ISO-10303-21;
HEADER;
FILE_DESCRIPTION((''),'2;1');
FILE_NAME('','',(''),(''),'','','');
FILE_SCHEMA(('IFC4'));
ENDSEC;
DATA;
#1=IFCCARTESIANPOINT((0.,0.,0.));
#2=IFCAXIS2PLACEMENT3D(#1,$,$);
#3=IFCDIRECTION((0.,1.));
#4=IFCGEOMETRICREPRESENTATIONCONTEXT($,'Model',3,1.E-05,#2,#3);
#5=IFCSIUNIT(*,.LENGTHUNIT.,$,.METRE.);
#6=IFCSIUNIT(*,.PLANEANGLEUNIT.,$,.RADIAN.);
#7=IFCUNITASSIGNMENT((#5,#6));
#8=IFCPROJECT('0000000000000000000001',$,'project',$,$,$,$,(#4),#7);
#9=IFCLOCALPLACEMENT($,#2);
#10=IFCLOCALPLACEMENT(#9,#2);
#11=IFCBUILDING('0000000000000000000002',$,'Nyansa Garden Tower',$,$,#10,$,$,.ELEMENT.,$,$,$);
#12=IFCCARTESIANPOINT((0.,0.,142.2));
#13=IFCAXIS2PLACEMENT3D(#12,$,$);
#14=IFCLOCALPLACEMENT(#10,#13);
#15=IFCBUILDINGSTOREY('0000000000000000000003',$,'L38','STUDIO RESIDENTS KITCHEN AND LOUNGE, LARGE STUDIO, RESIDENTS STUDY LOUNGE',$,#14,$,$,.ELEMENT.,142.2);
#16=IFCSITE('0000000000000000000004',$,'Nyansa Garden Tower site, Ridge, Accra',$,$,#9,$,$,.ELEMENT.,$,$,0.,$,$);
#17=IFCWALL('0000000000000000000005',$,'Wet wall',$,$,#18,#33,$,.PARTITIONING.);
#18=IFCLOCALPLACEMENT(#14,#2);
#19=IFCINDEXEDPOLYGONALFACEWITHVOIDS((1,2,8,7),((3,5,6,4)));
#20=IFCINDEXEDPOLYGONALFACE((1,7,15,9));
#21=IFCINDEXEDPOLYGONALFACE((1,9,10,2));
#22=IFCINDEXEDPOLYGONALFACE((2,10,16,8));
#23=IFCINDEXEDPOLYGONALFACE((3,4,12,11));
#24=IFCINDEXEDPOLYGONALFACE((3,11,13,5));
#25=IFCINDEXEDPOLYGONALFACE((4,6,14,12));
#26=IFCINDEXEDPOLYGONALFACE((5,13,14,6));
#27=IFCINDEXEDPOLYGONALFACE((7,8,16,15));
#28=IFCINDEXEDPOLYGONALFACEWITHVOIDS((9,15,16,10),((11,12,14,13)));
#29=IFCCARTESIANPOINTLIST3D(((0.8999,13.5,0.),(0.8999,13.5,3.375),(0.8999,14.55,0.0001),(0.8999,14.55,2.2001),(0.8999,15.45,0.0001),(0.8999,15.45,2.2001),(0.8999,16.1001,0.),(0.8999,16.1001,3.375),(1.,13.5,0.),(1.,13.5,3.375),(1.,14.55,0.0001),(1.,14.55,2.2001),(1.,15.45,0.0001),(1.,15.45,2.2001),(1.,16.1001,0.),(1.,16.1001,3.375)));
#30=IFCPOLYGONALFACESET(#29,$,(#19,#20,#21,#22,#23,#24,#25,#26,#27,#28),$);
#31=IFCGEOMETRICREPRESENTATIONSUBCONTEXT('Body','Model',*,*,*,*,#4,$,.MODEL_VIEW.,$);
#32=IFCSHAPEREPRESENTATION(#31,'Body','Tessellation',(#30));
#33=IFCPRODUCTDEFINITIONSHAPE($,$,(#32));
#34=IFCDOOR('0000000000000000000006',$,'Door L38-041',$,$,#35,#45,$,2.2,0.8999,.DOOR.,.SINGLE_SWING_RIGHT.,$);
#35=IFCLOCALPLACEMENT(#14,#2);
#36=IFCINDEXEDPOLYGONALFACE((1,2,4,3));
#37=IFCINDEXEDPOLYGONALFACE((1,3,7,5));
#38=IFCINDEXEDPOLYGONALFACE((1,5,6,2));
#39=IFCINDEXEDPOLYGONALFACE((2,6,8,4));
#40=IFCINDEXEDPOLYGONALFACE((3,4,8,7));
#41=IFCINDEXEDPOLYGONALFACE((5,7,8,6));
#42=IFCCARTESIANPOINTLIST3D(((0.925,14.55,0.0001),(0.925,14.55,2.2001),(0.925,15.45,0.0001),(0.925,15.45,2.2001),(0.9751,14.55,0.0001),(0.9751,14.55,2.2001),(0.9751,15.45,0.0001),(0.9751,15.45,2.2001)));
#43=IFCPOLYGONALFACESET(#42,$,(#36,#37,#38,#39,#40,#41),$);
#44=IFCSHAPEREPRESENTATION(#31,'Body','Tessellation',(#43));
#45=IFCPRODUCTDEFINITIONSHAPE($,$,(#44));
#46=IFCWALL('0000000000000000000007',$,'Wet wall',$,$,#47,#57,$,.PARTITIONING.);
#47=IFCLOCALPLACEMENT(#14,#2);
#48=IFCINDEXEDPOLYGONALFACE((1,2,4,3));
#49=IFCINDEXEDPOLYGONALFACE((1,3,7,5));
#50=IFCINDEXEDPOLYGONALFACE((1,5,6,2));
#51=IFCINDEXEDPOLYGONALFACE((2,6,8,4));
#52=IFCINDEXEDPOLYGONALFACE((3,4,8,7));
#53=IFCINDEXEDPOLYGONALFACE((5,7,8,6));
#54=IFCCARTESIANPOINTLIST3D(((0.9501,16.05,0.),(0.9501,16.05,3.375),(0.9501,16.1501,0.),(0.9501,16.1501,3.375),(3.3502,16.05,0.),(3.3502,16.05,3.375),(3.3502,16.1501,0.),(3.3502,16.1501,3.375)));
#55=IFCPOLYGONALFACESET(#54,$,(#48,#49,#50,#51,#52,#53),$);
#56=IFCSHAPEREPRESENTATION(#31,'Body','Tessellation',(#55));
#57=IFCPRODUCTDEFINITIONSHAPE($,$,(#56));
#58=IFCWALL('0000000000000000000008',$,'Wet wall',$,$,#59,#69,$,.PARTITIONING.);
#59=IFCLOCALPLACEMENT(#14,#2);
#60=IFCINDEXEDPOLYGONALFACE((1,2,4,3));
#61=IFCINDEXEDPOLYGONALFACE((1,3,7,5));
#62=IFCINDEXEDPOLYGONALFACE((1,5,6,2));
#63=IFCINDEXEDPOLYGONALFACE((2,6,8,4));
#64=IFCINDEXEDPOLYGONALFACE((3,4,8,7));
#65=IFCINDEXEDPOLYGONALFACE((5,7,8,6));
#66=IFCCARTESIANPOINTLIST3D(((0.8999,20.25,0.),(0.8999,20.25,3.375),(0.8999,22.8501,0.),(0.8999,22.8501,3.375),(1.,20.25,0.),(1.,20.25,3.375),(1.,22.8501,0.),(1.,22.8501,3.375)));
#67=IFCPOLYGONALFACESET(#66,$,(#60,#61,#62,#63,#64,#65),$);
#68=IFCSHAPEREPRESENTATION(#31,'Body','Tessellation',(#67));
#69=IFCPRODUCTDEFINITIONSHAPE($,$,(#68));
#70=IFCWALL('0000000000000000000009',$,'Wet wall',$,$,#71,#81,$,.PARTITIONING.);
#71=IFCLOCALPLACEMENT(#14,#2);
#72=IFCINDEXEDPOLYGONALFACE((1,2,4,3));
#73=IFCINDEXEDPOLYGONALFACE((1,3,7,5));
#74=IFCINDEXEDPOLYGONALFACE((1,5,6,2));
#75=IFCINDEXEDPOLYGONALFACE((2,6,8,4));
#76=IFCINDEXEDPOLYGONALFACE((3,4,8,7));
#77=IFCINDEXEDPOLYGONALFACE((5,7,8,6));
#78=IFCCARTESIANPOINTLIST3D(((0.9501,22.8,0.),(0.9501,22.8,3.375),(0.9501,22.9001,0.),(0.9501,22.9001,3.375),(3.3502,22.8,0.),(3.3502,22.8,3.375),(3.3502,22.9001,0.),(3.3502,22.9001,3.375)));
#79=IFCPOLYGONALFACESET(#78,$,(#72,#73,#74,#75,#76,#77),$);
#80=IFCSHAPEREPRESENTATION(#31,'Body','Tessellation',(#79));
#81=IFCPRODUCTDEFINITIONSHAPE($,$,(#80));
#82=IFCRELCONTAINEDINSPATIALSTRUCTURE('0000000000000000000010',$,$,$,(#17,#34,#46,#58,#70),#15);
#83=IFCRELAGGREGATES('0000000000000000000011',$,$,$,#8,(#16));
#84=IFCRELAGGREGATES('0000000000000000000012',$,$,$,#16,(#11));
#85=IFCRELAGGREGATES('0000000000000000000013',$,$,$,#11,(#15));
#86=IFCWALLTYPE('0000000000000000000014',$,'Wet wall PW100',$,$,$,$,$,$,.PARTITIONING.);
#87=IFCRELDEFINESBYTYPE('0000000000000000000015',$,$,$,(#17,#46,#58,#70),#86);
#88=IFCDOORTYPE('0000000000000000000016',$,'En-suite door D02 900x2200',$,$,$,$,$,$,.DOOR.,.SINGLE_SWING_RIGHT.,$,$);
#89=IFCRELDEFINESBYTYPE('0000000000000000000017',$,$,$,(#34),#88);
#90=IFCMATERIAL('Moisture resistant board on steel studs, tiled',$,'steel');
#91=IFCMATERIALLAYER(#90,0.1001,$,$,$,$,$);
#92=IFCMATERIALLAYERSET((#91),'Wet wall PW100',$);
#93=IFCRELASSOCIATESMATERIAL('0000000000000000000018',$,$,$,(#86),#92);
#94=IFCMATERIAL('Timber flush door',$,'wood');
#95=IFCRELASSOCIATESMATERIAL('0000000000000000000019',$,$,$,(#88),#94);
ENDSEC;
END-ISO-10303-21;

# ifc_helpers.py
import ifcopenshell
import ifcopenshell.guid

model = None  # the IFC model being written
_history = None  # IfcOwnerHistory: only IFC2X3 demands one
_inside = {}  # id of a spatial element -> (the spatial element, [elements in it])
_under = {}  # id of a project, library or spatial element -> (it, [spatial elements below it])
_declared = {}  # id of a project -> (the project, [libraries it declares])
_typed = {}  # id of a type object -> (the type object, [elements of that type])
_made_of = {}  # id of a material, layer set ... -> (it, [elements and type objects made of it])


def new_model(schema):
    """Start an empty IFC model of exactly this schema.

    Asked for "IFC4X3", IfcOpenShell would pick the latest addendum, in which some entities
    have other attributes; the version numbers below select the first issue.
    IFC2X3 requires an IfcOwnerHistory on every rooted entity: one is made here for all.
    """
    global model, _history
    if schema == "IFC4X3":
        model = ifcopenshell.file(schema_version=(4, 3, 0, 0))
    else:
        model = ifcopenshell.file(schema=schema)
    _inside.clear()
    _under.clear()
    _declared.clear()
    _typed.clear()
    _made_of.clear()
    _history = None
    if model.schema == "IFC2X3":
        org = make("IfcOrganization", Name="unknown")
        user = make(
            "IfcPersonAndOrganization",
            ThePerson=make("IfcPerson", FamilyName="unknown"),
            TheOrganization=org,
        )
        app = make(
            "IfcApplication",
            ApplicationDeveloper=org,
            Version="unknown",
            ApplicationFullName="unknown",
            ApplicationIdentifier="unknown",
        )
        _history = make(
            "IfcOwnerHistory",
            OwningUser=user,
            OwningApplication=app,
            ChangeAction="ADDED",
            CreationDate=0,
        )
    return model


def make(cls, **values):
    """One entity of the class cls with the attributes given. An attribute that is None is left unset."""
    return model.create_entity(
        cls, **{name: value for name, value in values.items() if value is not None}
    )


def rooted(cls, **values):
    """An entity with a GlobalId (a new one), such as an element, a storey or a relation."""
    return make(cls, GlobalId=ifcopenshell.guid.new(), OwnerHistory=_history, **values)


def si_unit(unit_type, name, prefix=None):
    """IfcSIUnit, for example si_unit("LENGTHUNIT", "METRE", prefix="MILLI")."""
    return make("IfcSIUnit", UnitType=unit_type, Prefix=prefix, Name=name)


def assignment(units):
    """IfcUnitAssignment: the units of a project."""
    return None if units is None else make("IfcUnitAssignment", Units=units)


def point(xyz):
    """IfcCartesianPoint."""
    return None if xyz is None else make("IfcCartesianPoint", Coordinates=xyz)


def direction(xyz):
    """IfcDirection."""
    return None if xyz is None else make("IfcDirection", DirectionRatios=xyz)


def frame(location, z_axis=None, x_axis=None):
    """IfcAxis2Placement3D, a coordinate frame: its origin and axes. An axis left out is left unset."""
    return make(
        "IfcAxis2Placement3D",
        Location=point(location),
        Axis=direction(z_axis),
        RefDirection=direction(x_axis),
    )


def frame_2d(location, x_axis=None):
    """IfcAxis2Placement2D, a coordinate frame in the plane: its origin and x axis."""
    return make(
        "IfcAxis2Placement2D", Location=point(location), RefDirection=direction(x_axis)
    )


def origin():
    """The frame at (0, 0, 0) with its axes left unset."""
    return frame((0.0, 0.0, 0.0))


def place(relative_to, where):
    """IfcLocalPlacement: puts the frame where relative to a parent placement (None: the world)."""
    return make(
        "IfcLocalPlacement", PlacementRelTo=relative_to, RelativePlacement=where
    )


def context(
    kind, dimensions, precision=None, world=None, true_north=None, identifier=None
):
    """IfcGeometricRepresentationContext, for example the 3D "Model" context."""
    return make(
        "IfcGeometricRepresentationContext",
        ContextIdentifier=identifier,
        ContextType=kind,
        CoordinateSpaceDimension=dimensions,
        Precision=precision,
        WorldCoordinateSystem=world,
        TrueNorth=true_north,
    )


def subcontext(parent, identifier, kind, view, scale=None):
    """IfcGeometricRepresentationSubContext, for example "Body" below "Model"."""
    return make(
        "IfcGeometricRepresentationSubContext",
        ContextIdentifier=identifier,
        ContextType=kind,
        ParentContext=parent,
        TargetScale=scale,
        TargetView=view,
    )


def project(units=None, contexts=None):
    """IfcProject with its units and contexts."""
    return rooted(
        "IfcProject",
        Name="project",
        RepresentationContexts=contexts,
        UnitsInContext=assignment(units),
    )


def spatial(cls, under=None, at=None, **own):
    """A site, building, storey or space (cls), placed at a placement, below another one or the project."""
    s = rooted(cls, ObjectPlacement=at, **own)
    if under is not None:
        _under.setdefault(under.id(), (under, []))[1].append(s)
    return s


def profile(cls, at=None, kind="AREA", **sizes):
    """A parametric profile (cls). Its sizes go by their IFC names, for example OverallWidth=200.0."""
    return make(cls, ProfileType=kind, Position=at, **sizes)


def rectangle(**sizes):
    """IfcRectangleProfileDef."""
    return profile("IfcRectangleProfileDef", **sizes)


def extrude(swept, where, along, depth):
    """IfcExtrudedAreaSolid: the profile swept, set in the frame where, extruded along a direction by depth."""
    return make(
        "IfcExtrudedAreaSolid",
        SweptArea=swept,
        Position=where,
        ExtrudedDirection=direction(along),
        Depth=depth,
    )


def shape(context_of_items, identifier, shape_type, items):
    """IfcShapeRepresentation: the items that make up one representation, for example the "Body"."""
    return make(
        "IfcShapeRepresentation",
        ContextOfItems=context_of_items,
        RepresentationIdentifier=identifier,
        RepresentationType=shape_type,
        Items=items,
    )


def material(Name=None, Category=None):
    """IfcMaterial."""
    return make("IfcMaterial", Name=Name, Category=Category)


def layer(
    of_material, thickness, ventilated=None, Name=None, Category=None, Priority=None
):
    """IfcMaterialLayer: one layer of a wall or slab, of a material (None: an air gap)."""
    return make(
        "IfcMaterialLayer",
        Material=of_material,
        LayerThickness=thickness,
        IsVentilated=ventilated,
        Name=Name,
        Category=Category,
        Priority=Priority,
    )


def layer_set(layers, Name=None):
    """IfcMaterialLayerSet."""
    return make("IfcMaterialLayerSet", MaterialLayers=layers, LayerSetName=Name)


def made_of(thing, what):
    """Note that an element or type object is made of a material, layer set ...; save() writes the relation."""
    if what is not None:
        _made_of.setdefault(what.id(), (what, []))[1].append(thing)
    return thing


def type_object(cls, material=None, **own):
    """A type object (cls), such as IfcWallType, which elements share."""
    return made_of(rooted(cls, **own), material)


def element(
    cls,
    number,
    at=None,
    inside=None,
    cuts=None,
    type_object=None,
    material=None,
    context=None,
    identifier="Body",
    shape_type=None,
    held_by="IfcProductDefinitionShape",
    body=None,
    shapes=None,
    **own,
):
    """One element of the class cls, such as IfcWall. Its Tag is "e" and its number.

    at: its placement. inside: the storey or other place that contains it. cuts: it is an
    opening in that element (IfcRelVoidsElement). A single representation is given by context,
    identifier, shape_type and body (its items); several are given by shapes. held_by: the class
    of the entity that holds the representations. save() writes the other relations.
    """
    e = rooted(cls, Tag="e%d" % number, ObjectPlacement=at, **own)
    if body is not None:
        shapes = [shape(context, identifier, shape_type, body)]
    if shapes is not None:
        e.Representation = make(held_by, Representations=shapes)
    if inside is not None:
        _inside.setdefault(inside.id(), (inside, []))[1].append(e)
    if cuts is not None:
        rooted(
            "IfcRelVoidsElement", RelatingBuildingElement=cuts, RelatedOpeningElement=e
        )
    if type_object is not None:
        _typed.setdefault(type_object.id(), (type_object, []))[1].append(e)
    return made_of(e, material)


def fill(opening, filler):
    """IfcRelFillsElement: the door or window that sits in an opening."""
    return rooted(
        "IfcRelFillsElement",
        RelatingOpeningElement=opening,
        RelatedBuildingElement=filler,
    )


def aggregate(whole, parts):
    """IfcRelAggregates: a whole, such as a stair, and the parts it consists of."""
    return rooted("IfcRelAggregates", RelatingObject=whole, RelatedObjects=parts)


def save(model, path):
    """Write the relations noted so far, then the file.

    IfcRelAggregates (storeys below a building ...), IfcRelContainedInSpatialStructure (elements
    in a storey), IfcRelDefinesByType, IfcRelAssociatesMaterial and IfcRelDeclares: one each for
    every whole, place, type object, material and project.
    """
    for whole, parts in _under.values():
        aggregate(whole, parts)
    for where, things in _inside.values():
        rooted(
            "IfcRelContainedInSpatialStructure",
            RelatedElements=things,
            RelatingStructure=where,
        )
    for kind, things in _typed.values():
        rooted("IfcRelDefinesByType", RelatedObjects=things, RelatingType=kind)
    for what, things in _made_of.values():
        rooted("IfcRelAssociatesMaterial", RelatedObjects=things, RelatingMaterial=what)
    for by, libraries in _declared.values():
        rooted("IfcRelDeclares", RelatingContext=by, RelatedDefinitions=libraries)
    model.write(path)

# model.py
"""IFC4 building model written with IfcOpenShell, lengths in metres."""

from ifc_helpers import new_model, si_unit, direction, frame, frame_2d, origin, place, context, subcontext, project, spatial, rectangle, extrude, material, layer, layer_set, type_object, element, fill, save


model = new_model("IFC4")

# Units and contexts
model_context = context("Model", 3, precision=1e-05, world=origin(), true_north=direction((0.0, 1.0)))
body_context = subcontext(model_context, "Body", "Model", "MODEL_VIEW")
ifc_project = project(units=[si_unit("LENGTHUNIT", "METRE"), si_unit("PLANEANGLEUNIT", "RADIAN")], contexts=[model_context])

# Site, building, storey
site_placement = place(None, origin())
site = spatial("IfcSite", under=ifc_project, at=site_placement, Name="Nyansa Garden Tower site, Ridge, Accra", CompositionType="ELEMENT", RefElevation=0.0)
building_placement = place(site_placement, origin())
building = spatial("IfcBuilding", under=site, at=building_placement, Name="Nyansa Garden Tower", CompositionType="ELEMENT")
storey_placement = place(building_placement, frame((0.0, 0.0, 142.2)))
storey = spatial("IfcBuildingStorey", under=building, at=storey_placement, Name="L38", Description="STUDIO RESIDENTS KITCHEN AND LOUNGE, LARGE STUDIO, RESIDENTS STUDY LOUNGE", CompositionType="ELEMENT", Elevation=142.2)

# Wall, opening, door
ifc_material_1 = material(Name="Moisture resistant board on steel studs, tiled", Category="steel")
ifc_layer_1 = layer(ifc_material_1, 0.1001)
ifc_layer_set_1 = layer_set([ifc_layer_1], Name="Wet wall PW100")
wall_type_1 = type_object("IfcWallType", Name="Wet wall PW100", PredefinedType="PARTITIONING", material=ifc_layer_set_1)
wall_1_placement = place(storey_placement, frame((0.95, 13.5, 0.0), z_axis=(0.0, 0.0, 1.0), x_axis=(0.0, 1.0, 0.0)))
wall_1 = element("IfcWall", 1, at=wall_1_placement, inside=storey, type_object=wall_type_1, Name="Wet wall", PredefinedType="PARTITIONING", context=body_context, shape_type="SweptSolid", body=[
    extrude(rectangle(XDim=2.6001, YDim=0.1001, at=frame_2d((1.3, 0.0))), origin(), (0.0, 0.0, 1.0), 3.375),
])
opening_1_placement = place(wall_1_placement, frame((1.05, 0.0, 0.0)))
opening_1 = element("IfcOpeningElement", 2, at=opening_1_placement, cuts=wall_1, PredefinedType="OPENING", context=body_context, shape_type="SweptSolid", body=[
    extrude(rectangle(XDim=0.8999, YDim=2.2, at=frame_2d((0.45, 1.1001))), frame((0.0, 0.0601, 0.0), z_axis=(0.0, -1.0, 0.0), x_axis=(1.0, 0.0, 0.0)), (0.0, 0.0, 1.0), 0.1201),
])
ifc_material_2 = material(Name="Timber flush door", Category="wood")
door_type_1 = type_object("IfcDoorType", Name="En-suite door D02 900x2200", OperationType="SINGLE_SWING_RIGHT", PredefinedType="DOOR", material=ifc_material_2)
door_1_placement = place(opening_1_placement, origin())
door_1 = element("IfcDoor", 3, at=door_1_placement, inside=storey, type_object=door_type_1, Name="Door L38-041", OperationType="SINGLE_SWING_RIGHT", OverallHeight=2.2, OverallWidth=0.8999, PredefinedType="DOOR", context=body_context, shape_type="SweptSolid", body=[
    extrude(rectangle(XDim=0.8999, YDim=2.2, at=frame_2d((0.45, 1.1001))), frame((0.0, 0.0249, 0.0), z_axis=(0.0, -1.0, 0.0), x_axis=(1.0, 0.0, 0.0)), (0.0, 0.0, 1.0), 0.05),
])
fill(opening_1, door_1)

# Walls
wall_2_placement = place(storey_placement, frame((0.95, 16.1001, 0.0), z_axis=(0.0, 0.0, 1.0), x_axis=(1.0, 0.0, 0.0)))
element("IfcWall", 4, at=wall_2_placement, inside=storey, type_object=wall_type_1, Name="Wet wall", PredefinedType="PARTITIONING", context=body_context, shape_type="SweptSolid", body=[
    extrude(rectangle(XDim=2.4001, YDim=0.1001, at=frame_2d((1.2002, 0.0))), origin(), (0.0, 0.0, 1.0), 3.375),
])
wall_3_placement = place(storey_placement, frame((0.95, 20.25, 0.0), z_axis=(0.0, 0.0, 1.0), x_axis=(0.0, 1.0, 0.0)))
element("IfcWall", 5, at=wall_3_placement, inside=storey, type_object=wall_type_1, Name="Wet wall", PredefinedType="PARTITIONING", context=body_context, shape_type="SweptSolid", body=[
    extrude(rectangle(XDim=2.6001, YDim=0.1001, at=frame_2d((1.3, 0.0))), origin(), (0.0, 0.0, 1.0), 3.375),
])
wall_4_placement = place(storey_placement, frame((0.95, 22.8501, 0.0), z_axis=(0.0, 0.0, 1.0), x_axis=(1.0, 0.0, 0.0)))
element("IfcWall", 6, at=wall_4_placement, inside=storey, type_object=wall_type_1, Name="Wet wall", PredefinedType="PARTITIONING", context=body_context, shape_type="SweptSolid", body=[
    extrude(rectangle(XDim=2.4001, YDim=0.1001, at=frame_2d((1.2002, 0.0))), origin(), (0.0, 0.0, 1.0), 3.375),
])

save(model, "model.ifc")
